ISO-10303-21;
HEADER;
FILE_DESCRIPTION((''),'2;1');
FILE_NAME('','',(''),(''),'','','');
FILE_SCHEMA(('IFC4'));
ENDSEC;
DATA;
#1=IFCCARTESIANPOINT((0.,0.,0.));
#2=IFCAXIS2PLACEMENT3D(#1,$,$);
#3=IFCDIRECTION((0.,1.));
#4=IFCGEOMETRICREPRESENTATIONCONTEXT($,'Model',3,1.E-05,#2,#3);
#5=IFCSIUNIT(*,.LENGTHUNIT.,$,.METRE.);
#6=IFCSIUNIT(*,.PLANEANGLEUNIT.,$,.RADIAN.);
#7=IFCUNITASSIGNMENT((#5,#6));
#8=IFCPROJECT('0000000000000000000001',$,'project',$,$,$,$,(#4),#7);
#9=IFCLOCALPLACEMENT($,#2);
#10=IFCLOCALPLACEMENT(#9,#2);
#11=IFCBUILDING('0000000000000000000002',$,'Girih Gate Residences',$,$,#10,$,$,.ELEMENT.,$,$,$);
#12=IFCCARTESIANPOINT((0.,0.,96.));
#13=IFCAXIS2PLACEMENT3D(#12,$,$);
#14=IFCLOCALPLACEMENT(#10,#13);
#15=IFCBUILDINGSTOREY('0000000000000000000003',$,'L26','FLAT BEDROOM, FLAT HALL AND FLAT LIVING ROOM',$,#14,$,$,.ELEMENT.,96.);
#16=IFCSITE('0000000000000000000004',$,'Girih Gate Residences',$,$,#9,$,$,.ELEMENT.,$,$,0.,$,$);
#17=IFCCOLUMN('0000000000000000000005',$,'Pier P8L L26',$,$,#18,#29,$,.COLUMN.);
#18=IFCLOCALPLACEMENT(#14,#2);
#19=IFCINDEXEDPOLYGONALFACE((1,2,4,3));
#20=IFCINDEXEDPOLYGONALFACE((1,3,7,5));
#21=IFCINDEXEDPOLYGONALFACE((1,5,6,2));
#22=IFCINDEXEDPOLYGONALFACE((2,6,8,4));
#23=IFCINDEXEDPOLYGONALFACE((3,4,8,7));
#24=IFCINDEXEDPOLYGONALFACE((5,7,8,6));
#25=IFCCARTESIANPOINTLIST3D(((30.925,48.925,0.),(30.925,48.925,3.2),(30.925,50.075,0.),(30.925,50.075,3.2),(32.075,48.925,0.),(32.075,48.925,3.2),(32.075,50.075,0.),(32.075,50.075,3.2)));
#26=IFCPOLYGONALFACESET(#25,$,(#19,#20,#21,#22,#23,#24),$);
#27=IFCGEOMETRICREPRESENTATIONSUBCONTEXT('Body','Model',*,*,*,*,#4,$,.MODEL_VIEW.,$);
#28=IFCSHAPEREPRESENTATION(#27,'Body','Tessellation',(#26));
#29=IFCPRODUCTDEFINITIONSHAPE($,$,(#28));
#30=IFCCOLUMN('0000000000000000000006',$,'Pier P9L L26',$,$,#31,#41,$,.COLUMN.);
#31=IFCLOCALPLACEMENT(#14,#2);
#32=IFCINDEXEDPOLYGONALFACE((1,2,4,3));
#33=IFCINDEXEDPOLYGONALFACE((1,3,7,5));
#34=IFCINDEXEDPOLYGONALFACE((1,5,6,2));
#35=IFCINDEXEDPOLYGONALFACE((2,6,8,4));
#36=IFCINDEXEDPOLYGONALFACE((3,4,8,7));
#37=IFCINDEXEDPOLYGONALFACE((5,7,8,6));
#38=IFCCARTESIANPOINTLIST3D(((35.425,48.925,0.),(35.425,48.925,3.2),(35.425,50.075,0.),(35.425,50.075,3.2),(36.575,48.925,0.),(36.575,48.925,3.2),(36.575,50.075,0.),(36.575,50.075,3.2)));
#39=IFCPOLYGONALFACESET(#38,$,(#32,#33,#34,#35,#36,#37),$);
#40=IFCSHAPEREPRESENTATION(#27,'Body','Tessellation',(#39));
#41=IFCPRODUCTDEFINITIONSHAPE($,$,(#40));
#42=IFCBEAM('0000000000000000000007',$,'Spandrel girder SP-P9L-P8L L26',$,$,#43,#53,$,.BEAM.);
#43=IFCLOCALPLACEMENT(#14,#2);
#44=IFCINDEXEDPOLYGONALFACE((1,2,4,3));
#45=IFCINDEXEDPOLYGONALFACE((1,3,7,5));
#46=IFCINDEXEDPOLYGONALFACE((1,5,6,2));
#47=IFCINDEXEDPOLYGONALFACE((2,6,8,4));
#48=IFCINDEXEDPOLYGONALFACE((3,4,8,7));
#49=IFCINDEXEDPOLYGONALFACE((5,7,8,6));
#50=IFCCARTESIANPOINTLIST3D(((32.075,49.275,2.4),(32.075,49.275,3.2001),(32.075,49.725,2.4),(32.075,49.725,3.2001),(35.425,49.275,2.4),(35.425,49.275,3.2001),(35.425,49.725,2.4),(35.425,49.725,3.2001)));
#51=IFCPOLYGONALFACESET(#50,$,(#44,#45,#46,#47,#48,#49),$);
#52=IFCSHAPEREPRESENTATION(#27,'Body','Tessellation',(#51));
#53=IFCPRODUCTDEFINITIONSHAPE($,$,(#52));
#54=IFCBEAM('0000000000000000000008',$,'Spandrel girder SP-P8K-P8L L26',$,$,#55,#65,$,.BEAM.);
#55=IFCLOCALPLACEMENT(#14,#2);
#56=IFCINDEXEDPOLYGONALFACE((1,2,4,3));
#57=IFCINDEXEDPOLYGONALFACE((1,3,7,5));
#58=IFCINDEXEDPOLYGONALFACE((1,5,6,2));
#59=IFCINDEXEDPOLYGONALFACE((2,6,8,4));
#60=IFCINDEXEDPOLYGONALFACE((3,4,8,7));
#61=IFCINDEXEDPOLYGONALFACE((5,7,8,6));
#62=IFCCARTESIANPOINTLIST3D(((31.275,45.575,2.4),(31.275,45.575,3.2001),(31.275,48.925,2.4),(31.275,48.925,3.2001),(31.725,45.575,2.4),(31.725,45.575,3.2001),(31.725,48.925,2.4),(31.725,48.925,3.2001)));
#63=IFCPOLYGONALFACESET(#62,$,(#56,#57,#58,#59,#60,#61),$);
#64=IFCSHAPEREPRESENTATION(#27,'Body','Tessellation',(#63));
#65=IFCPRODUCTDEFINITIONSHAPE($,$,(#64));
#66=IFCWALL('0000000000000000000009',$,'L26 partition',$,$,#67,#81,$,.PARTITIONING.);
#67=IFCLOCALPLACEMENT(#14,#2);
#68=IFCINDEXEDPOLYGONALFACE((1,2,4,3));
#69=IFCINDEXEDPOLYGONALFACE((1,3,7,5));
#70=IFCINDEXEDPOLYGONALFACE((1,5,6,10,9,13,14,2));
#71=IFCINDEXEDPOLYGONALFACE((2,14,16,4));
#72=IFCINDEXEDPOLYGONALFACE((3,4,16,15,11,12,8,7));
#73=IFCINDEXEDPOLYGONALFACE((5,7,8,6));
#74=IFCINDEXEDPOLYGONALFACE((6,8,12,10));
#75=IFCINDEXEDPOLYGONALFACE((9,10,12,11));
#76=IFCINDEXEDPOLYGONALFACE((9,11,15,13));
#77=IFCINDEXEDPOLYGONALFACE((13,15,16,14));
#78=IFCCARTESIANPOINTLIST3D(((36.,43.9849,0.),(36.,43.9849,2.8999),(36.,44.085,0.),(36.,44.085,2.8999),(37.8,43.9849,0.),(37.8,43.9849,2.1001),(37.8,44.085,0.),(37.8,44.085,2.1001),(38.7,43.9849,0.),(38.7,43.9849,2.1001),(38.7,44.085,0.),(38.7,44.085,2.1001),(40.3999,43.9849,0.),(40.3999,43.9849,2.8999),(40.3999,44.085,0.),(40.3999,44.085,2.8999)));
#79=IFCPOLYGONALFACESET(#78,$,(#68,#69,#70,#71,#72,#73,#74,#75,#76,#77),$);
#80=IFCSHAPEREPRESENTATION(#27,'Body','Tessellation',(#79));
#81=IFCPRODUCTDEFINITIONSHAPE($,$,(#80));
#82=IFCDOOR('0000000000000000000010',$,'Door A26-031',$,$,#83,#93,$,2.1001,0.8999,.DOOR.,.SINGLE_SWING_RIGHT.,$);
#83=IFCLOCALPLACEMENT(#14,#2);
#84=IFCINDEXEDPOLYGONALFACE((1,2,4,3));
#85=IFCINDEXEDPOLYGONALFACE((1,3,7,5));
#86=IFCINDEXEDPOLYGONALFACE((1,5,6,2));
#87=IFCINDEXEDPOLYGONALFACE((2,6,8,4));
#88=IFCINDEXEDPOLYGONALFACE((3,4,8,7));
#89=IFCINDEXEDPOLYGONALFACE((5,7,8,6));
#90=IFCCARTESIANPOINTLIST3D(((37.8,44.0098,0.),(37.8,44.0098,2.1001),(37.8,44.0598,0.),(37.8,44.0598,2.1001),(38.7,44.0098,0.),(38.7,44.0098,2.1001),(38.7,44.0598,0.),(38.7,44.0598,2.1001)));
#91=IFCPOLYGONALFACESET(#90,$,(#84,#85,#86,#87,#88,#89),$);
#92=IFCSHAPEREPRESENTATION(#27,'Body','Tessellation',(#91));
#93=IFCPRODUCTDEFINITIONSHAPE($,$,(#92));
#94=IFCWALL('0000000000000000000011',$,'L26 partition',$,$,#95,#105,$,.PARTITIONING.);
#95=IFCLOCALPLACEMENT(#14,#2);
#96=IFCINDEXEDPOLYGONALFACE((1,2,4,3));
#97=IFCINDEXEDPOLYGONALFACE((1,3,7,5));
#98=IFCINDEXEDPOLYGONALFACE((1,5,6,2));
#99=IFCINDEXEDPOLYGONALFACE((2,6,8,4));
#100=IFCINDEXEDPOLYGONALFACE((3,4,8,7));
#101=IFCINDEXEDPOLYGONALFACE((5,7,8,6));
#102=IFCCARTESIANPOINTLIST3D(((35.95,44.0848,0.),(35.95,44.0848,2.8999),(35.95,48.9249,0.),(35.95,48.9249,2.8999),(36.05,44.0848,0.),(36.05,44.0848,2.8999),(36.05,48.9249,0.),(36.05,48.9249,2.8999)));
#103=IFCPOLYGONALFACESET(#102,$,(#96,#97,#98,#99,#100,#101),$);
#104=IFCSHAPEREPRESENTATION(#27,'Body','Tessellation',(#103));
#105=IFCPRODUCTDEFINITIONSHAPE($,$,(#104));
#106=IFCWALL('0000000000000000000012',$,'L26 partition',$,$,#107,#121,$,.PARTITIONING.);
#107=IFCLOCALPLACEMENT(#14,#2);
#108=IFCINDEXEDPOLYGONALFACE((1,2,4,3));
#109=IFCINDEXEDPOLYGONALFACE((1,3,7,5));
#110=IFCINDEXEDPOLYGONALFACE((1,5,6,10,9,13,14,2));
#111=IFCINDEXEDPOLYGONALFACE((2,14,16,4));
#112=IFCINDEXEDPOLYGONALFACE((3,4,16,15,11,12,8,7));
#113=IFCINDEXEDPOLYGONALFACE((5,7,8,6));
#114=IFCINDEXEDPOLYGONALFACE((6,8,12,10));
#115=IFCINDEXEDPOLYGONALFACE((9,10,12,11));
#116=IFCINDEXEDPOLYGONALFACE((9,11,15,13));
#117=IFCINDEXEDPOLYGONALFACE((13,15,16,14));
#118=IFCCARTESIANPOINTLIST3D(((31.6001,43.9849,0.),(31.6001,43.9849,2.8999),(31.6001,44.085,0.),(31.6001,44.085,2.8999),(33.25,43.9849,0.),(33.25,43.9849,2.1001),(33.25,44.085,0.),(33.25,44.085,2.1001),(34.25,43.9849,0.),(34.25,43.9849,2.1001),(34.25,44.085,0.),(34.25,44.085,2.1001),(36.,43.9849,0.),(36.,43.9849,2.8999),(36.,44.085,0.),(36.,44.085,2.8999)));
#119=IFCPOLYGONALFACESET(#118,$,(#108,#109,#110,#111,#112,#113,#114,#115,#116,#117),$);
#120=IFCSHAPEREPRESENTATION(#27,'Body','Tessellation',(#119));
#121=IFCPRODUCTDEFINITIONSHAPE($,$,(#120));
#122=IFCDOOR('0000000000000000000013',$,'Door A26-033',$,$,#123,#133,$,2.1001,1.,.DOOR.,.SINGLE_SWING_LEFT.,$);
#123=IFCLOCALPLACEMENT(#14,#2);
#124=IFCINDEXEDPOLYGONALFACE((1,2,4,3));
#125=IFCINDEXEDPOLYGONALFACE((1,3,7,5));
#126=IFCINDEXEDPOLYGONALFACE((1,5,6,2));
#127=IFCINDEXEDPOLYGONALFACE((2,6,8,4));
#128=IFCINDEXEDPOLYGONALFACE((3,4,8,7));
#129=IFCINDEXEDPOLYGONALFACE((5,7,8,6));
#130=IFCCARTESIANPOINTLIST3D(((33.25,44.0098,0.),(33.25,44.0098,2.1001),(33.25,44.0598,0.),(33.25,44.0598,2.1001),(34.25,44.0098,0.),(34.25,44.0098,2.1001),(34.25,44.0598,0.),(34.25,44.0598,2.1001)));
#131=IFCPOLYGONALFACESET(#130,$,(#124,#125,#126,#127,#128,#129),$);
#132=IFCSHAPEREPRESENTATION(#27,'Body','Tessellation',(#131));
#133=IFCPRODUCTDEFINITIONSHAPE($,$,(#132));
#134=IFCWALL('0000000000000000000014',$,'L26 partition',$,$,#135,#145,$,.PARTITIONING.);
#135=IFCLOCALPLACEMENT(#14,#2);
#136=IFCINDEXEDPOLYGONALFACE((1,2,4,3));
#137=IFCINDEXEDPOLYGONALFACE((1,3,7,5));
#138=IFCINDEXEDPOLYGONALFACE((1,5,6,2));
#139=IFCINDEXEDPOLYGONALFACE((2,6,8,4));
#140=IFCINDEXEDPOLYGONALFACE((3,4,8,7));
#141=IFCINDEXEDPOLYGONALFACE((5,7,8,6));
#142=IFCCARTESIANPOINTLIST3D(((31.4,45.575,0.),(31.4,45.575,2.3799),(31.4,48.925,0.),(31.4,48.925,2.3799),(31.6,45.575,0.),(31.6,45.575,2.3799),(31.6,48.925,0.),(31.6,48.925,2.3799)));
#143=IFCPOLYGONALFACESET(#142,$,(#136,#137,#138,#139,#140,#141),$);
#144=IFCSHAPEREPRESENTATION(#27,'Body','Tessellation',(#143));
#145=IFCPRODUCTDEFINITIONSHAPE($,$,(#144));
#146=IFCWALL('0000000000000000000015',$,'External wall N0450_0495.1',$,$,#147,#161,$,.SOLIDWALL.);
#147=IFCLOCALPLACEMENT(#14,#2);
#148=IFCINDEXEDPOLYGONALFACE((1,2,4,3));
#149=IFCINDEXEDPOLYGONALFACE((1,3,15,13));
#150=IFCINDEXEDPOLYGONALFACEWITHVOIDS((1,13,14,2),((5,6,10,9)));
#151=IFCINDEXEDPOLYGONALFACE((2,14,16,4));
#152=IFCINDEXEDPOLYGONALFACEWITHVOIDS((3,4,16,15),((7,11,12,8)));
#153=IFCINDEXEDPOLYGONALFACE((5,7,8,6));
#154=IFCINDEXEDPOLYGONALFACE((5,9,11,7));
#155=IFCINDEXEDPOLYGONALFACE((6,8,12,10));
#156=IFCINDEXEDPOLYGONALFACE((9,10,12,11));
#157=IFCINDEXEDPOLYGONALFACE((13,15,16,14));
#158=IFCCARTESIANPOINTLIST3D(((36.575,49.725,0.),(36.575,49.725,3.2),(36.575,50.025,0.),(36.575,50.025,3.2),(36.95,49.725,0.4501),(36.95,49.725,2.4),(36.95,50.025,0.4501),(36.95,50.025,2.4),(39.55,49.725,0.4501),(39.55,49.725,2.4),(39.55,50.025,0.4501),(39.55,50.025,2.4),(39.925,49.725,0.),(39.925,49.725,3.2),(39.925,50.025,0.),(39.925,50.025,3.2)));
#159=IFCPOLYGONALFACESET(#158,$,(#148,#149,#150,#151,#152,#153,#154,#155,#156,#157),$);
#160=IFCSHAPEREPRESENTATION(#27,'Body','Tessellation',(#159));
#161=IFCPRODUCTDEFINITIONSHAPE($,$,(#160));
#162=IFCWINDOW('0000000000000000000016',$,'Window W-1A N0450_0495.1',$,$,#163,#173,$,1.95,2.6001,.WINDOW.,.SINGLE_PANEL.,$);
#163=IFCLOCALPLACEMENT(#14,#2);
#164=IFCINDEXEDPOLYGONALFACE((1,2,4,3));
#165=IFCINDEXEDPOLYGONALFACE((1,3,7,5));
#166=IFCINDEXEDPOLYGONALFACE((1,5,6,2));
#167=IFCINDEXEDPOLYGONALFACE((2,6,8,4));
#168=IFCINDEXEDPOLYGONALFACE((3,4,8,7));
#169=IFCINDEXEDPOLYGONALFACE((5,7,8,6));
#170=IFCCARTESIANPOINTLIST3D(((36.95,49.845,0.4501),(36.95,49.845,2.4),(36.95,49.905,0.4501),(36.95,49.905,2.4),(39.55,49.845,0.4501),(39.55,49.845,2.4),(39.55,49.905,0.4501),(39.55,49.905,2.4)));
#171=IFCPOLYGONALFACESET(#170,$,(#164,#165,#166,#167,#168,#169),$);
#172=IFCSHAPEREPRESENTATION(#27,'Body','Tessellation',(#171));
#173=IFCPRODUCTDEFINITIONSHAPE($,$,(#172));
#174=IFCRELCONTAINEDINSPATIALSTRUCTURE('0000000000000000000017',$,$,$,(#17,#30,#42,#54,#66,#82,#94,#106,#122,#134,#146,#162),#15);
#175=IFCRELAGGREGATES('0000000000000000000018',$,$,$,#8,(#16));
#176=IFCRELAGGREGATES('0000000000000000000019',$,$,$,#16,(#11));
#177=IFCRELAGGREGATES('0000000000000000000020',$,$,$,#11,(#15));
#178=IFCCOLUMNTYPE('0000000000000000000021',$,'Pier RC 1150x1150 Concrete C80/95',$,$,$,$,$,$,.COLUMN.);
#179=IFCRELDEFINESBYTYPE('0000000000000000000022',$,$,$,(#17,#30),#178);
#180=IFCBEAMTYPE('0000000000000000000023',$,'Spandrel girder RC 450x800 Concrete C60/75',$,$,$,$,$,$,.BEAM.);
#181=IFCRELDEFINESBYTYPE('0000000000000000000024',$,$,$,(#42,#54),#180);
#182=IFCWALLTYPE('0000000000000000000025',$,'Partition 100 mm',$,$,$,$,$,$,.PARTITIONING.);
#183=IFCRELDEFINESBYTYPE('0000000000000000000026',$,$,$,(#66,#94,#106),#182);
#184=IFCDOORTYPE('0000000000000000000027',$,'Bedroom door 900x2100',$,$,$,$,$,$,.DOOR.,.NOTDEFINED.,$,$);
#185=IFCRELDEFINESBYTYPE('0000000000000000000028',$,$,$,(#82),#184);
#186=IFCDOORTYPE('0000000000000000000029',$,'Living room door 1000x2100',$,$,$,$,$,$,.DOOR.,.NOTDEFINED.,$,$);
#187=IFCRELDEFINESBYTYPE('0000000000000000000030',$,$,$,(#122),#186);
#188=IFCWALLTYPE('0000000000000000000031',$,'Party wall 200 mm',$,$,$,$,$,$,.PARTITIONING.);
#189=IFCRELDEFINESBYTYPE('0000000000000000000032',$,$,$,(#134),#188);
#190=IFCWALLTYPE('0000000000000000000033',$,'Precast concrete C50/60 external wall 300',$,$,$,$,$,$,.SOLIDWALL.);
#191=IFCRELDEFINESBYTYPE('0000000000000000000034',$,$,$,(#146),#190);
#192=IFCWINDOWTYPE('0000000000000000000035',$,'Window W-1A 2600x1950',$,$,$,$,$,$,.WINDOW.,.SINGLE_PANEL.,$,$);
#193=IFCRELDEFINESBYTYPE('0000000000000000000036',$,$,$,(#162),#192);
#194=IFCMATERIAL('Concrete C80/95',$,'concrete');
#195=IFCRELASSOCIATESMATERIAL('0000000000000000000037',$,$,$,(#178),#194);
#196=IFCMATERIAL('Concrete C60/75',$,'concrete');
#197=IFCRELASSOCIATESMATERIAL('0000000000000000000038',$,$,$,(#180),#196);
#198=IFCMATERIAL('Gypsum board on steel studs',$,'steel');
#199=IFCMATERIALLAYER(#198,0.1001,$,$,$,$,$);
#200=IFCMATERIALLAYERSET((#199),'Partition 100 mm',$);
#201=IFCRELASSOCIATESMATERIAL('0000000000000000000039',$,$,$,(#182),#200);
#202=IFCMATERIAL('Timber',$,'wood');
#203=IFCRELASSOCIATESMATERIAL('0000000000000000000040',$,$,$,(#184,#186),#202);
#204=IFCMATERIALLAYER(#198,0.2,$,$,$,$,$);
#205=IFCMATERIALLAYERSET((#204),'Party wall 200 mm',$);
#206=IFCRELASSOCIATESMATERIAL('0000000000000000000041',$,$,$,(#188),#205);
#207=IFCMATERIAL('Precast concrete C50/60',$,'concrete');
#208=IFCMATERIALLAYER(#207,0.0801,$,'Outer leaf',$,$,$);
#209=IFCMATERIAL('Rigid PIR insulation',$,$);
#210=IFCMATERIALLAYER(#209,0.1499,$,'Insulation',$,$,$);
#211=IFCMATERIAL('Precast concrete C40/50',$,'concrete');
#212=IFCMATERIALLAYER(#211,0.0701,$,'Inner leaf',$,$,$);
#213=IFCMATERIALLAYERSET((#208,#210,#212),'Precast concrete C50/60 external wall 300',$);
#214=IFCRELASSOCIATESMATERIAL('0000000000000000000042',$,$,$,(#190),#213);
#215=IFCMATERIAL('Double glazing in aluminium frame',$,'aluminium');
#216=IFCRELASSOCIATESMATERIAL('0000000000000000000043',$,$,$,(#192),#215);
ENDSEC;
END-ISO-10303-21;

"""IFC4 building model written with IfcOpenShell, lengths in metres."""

from ifc_helpers import new_model, si_unit, direction, frame, frame_2d, origin, origin_2d, place, context, subcontext, project, spatial, rectangle, extrude, material, layer, layer_set, material_profile, profile_set, type_object, element, fill, save


model = new_model("IFC4")

# Units and contexts
model_context = context("Model", 3, precision=1e-05, world=origin(), true_north=direction((0.0, 1.0)))
body_context = subcontext(model_context, "Body", "Model", "MODEL_VIEW")
ifc_project = project(units=[si_unit("LENGTHUNIT", "METRE"), si_unit("PLANEANGLEUNIT", "RADIAN")], contexts=[model_context])

# Site, building, storey
site_placement = place(None, origin())
site = spatial("IfcSite", under=ifc_project, at=site_placement, Name="Girih Gate Residences", CompositionType="ELEMENT", RefElevation=0.0)
building_placement = place(site_placement, origin())
building = spatial("IfcBuilding", under=site, at=building_placement, Name="Girih Gate Residences", CompositionType="ELEMENT")
storey_placement = place(building_placement, frame((0.0, 0.0, 96.0)))
storey = spatial("IfcBuildingStorey", under=building, at=storey_placement, Name="L26", Description="FLAT BEDROOM, FLAT HALL AND FLAT LIVING ROOM", CompositionType="ELEMENT", Elevation=96.0)

# Columns
ifc_material_1 = material(Name="Concrete C80/95", Category="concrete")
ifc_material_profile_1 = material_profile(ifc_material_1, rectangle(XDim=1.1499, YDim=1.1499, at=origin_2d()))
ifc_profile_set_1 = profile_set([ifc_material_profile_1], Name="Concrete C80/95")
column_type = type_object("IfcColumnType", Name="Pier RC 1150x1150 Concrete C80/95", PredefinedType="COLUMN", material=ifc_profile_set_1)
for number, where, z_axis, x_axis, name in (
    (1, (31.5, 49.5, 0.0), (0.0, 0.0, 1.0), (1.0, 0.0, 0.0), "Pier P8L L26"),
    (2, (36.0, 49.5, 0.0), (0.0, 0.0, 1.0), (1.0, 0.0, 0.0), "Pier P9L L26"),
):
    element("IfcColumn", number, at=place(storey_placement, frame(where, z_axis=z_axis, x_axis=x_axis)), inside=storey, type_object=column_type, Name=name, PredefinedType="COLUMN", context=body_context, shape_type="SweptSolid", body=[
        extrude(rectangle(XDim=1.1499, YDim=1.1499, at=origin_2d()), origin(), (0.0, 0.0, 1.0), 3.2),
    ])

# Beams
ifc_material_2 = material(Name="Concrete C60/75", Category="concrete")
ifc_material_profile_2 = material_profile(ifc_material_2, rectangle(XDim=0.45, YDim=0.8, at=origin_2d()))
ifc_profile_set_2 = profile_set([ifc_material_profile_2], Name="Concrete C60/75")
beam_type = type_object("IfcBeamType", Name="Spandrel girder RC 450x800 Concrete C60/75", PredefinedType="BEAM", material=ifc_profile_set_2)
for number, where, z_axis, x_axis, name in (
    (3, (35.425, 49.5, 2.8), (-1.0, 0.0, 0.0), (0.0, -1.0, 0.0), "Spandrel girder SP-P9L-P8L L26"),
    (4, (31.5, 45.575, 2.8), (0.0, 1.0, 0.0), (-1.0, 0.0, 0.0), "Spandrel girder SP-P8K-P8L L26"),
):
    element("IfcBeam", number, at=place(storey_placement, frame(where, z_axis=z_axis, x_axis=x_axis)), inside=storey, type_object=beam_type, Name=name, PredefinedType="BEAM", context=body_context, shape_type="SweptSolid", body=[
        extrude(rectangle(XDim=0.45, YDim=0.8, at=origin_2d()), origin(), (0.0, 0.0, 1.0), 3.3501),
    ])

# Wall, opening, door
ifc_material_3 = material(Name="Gypsum board on steel studs", Category="steel")
ifc_layer_1 = layer(ifc_material_3, 0.1001)
ifc_layer_set_1 = layer_set([ifc_layer_1], Name="Partition 100 mm")
wall_type_1 = type_object("IfcWallType", Name="Partition 100 mm", PredefinedType="PARTITIONING", material=ifc_layer_set_1)
wall_1_placement = place(storey_placement, frame((36.0, 44.0349, 0.0), z_axis=(0.0, 0.0, 1.0), x_axis=(1.0, 0.0, 0.0)))
wall_1 = element("IfcWall", 5, at=wall_1_placement, inside=storey, type_object=wall_type_1, Name="L26 partition", PredefinedType="PARTITIONING", context=body_context, shape_type="SweptSolid", body=[
    extrude(rectangle(XDim=4.3999, YDim=0.1001, at=frame_2d((2.2, 0.0))), origin(), (0.0, 0.0, 1.0), 2.8999),
])
opening_1_placement = place(wall_1_placement, frame((1.8, 0.0, 0.0)))
opening_1 = element("IfcOpeningElement", 6, at=opening_1_placement, cuts=wall_1, PredefinedType="OPENING", context=body_context, shape_type="SweptSolid", body=[
    extrude(rectangle(XDim=0.8999, YDim=2.1001, at=frame_2d((0.45, 1.05))), frame((0.0, 0.0601, 0.0), z_axis=(0.0, -1.0, 0.0), x_axis=(1.0, 0.0, 0.0)), (0.0, 0.0, 1.0), 0.1201),
])
ifc_material_4 = material(Name="Timber", Category="wood")
door_type_1 = type_object("IfcDoorType", Name="Bedroom door 900x2100", OperationType="NOTDEFINED", PredefinedType="DOOR", material=ifc_material_4)
door_1_placement = place(opening_1_placement, origin())
door_1 = element("IfcDoor", 7, at=door_1_placement, inside=storey, type_object=door_type_1, Name="Door A26-031", OperationType="SINGLE_SWING_RIGHT", OverallHeight=2.1001, OverallWidth=0.8999, PredefinedType="DOOR", context=body_context, shape_type="SweptSolid", body=[
    extrude(rectangle(XDim=0.8999, YDim=2.1001, at=frame_2d((0.45, 1.05))), frame((0.0, 0.0249, 0.0), z_axis=(0.0, -1.0, 0.0), x_axis=(1.0, 0.0, 0.0)), (0.0, 0.0, 1.0), 0.05),
])
fill(opening_1, door_1)

# Wall
wall_2_placement = place(storey_placement, frame((36.0, 44.085, 0.0), z_axis=(0.0, 0.0, 1.0), x_axis=(0.0, 1.0, 0.0)))
element("IfcWall", 8, at=wall_2_placement, inside=storey, type_object=wall_type_1, Name="L26 partition", PredefinedType="PARTITIONING", context=body_context, shape_type="SweptSolid", body=[
    extrude(rectangle(XDim=4.8401, YDim=0.1001, at=frame_2d((2.4199, 0.0))), origin(), (0.0, 0.0, 1.0), 2.8999),
])

# Wall, opening, door
wall_3_placement = place(storey_placement, frame((31.6001, 44.0349, 0.0), z_axis=(0.0, 0.0, 1.0), x_axis=(1.0, 0.0, 0.0)))
wall_3 = element("IfcWall", 9, at=wall_3_placement, inside=storey, type_object=wall_type_1, Name="L26 partition", PredefinedType="PARTITIONING", context=body_context, shape_type="SweptSolid", body=[
    extrude(rectangle(XDim=4.3999, YDim=0.1001, at=frame_2d((2.2, 0.0))), origin(), (0.0, 0.0, 1.0), 2.8999),
])
opening_2_placement = place(wall_3_placement, frame((1.6499, 0.0, 0.0)))
opening_2 = element("IfcOpeningElement", 10, at=opening_2_placement, cuts=wall_3, PredefinedType="OPENING", context=body_context, shape_type="SweptSolid", body=[
    extrude(rectangle(XDim=1.0, YDim=2.1001, at=frame_2d((0.5, 1.05))), frame((0.0, 0.0601, 0.0), z_axis=(0.0, -1.0, 0.0), x_axis=(1.0, 0.0, 0.0)), (0.0, 0.0, 1.0), 0.1201),
])
door_type_2 = type_object("IfcDoorType", Name="Living room door 1000x2100", OperationType="NOTDEFINED", PredefinedType="DOOR", material=ifc_material_4)
door_2_placement = place(opening_2_placement, origin())
door_2 = element("IfcDoor", 11, at=door_2_placement, inside=storey, type_object=door_type_2, Name="Door A26-033", OperationType="SINGLE_SWING_LEFT", OverallHeight=2.1001, OverallWidth=1.0, PredefinedType="DOOR", context=body_context, shape_type="SweptSolid", body=[
    extrude(rectangle(XDim=1.0, YDim=2.1001, at=frame_2d((0.5, 1.05))), frame((0.0, 0.0249, 0.0), z_axis=(0.0, -1.0, 0.0), x_axis=(1.0, 0.0, 0.0)), (0.0, 0.0, 1.0), 0.05),
])
fill(opening_2, door_2)

# Wall
ifc_layer_2 = layer(ifc_material_3, 0.2)
ifc_layer_set_2 = layer_set([ifc_layer_2], Name="Party wall 200 mm")
wall_type_2 = type_object("IfcWallType", Name="Party wall 200 mm", PredefinedType="PARTITIONING", material=ifc_layer_set_2)
wall_4_placement = place(storey_placement, frame((31.5, 45.575, 0.0), z_axis=(0.0, 0.0, 1.0), x_axis=(0.0, 1.0, 0.0)))
element("IfcWall", 12, at=wall_4_placement, inside=storey, type_object=wall_type_2, Name="L26 partition", PredefinedType="PARTITIONING", context=body_context, shape_type="SweptSolid", body=[
    extrude(rectangle(XDim=3.3501, YDim=0.2, at=frame_2d((1.675, 0.0))), origin(), (0.0, 0.0, 1.0), 2.3799),
])

# Wall, opening, window
ifc_material_5 = material(Name="Precast concrete C50/60", Category="concrete")
ifc_layer_3 = layer(ifc_material_5, 0.0801, Name="Outer leaf")
ifc_material_6 = material(Name="Rigid PIR insulation")
ifc_layer_4 = layer(ifc_material_6, 0.1499, Name="Insulation")
ifc_material_7 = material(Name="Precast concrete C40/50", Category="concrete")
ifc_layer_5 = layer(ifc_material_7, 0.0701, Name="Inner leaf")
ifc_layer_set_3 = layer_set([ifc_layer_3, ifc_layer_4, ifc_layer_5], Name="Precast concrete C50/60 external wall 300")
wall_type_3 = type_object("IfcWallType", Name="Precast concrete C50/60 external wall 300", PredefinedType="SOLIDWALL", material=ifc_layer_set_3)
wall_5_placement = place(storey_placement, frame((36.575, 49.875, 0.0), z_axis=(0.0, 0.0, 1.0), x_axis=(1.0, 0.0, 0.0)))
wall_5 = element("IfcWall", 13, at=wall_5_placement, inside=storey, type_object=wall_type_3, Name="External wall N0450_0495.1", PredefinedType="SOLIDWALL", context=body_context, shape_type="SweptSolid", body=[
    extrude(rectangle(XDim=3.3501, YDim=0.3, at=frame_2d((1.675, 0.0))), origin(), (0.0, 0.0, 1.0), 3.2),
])
opening_3_placement = place(wall_5_placement, frame((0.375, 0.0, 0.45)))
opening_3 = element("IfcOpeningElement", 14, at=opening_3_placement, cuts=wall_5, PredefinedType="OPENING", context=body_context, shape_type="SweptSolid", body=[
    extrude(rectangle(XDim=2.6001, YDim=1.95, at=frame_2d((1.3, 0.9751))), frame((0.0, 0.1599, 0.0), z_axis=(0.0, -1.0, 0.0), x_axis=(1.0, 0.0, 0.0)), (0.0, 0.0, 1.0), 0.3201),
])
ifc_material_8 = material(Name="Double glazing in aluminium frame", Category="aluminium")
window_type = type_object("IfcWindowType", Name="Window W-1A 2600x1950", PartitioningType="SINGLE_PANEL", PredefinedType="WINDOW", material=ifc_material_8)
window_1_placement = place(opening_3_placement, origin())
window_1 = element("IfcWindow", 15, at=window_1_placement, inside=storey, type_object=window_type, Name="Window W-1A N0450_0495.1", OverallHeight=1.95, OverallWidth=2.6001, PartitioningType="SINGLE_PANEL", PredefinedType="WINDOW", context=body_context, shape_type="SweptSolid", body=[
    extrude(rectangle(XDim=2.6001, YDim=1.95, at=frame_2d((1.3, 0.9751))), frame((0.0, 0.03, 0.0), z_axis=(0.0, -1.0, 0.0), x_axis=(1.0, 0.0, 0.0)), (0.0, 0.0, 1.0), 0.0601),
])
fill(opening_3, window_1)

save(model, "model.ifc")
